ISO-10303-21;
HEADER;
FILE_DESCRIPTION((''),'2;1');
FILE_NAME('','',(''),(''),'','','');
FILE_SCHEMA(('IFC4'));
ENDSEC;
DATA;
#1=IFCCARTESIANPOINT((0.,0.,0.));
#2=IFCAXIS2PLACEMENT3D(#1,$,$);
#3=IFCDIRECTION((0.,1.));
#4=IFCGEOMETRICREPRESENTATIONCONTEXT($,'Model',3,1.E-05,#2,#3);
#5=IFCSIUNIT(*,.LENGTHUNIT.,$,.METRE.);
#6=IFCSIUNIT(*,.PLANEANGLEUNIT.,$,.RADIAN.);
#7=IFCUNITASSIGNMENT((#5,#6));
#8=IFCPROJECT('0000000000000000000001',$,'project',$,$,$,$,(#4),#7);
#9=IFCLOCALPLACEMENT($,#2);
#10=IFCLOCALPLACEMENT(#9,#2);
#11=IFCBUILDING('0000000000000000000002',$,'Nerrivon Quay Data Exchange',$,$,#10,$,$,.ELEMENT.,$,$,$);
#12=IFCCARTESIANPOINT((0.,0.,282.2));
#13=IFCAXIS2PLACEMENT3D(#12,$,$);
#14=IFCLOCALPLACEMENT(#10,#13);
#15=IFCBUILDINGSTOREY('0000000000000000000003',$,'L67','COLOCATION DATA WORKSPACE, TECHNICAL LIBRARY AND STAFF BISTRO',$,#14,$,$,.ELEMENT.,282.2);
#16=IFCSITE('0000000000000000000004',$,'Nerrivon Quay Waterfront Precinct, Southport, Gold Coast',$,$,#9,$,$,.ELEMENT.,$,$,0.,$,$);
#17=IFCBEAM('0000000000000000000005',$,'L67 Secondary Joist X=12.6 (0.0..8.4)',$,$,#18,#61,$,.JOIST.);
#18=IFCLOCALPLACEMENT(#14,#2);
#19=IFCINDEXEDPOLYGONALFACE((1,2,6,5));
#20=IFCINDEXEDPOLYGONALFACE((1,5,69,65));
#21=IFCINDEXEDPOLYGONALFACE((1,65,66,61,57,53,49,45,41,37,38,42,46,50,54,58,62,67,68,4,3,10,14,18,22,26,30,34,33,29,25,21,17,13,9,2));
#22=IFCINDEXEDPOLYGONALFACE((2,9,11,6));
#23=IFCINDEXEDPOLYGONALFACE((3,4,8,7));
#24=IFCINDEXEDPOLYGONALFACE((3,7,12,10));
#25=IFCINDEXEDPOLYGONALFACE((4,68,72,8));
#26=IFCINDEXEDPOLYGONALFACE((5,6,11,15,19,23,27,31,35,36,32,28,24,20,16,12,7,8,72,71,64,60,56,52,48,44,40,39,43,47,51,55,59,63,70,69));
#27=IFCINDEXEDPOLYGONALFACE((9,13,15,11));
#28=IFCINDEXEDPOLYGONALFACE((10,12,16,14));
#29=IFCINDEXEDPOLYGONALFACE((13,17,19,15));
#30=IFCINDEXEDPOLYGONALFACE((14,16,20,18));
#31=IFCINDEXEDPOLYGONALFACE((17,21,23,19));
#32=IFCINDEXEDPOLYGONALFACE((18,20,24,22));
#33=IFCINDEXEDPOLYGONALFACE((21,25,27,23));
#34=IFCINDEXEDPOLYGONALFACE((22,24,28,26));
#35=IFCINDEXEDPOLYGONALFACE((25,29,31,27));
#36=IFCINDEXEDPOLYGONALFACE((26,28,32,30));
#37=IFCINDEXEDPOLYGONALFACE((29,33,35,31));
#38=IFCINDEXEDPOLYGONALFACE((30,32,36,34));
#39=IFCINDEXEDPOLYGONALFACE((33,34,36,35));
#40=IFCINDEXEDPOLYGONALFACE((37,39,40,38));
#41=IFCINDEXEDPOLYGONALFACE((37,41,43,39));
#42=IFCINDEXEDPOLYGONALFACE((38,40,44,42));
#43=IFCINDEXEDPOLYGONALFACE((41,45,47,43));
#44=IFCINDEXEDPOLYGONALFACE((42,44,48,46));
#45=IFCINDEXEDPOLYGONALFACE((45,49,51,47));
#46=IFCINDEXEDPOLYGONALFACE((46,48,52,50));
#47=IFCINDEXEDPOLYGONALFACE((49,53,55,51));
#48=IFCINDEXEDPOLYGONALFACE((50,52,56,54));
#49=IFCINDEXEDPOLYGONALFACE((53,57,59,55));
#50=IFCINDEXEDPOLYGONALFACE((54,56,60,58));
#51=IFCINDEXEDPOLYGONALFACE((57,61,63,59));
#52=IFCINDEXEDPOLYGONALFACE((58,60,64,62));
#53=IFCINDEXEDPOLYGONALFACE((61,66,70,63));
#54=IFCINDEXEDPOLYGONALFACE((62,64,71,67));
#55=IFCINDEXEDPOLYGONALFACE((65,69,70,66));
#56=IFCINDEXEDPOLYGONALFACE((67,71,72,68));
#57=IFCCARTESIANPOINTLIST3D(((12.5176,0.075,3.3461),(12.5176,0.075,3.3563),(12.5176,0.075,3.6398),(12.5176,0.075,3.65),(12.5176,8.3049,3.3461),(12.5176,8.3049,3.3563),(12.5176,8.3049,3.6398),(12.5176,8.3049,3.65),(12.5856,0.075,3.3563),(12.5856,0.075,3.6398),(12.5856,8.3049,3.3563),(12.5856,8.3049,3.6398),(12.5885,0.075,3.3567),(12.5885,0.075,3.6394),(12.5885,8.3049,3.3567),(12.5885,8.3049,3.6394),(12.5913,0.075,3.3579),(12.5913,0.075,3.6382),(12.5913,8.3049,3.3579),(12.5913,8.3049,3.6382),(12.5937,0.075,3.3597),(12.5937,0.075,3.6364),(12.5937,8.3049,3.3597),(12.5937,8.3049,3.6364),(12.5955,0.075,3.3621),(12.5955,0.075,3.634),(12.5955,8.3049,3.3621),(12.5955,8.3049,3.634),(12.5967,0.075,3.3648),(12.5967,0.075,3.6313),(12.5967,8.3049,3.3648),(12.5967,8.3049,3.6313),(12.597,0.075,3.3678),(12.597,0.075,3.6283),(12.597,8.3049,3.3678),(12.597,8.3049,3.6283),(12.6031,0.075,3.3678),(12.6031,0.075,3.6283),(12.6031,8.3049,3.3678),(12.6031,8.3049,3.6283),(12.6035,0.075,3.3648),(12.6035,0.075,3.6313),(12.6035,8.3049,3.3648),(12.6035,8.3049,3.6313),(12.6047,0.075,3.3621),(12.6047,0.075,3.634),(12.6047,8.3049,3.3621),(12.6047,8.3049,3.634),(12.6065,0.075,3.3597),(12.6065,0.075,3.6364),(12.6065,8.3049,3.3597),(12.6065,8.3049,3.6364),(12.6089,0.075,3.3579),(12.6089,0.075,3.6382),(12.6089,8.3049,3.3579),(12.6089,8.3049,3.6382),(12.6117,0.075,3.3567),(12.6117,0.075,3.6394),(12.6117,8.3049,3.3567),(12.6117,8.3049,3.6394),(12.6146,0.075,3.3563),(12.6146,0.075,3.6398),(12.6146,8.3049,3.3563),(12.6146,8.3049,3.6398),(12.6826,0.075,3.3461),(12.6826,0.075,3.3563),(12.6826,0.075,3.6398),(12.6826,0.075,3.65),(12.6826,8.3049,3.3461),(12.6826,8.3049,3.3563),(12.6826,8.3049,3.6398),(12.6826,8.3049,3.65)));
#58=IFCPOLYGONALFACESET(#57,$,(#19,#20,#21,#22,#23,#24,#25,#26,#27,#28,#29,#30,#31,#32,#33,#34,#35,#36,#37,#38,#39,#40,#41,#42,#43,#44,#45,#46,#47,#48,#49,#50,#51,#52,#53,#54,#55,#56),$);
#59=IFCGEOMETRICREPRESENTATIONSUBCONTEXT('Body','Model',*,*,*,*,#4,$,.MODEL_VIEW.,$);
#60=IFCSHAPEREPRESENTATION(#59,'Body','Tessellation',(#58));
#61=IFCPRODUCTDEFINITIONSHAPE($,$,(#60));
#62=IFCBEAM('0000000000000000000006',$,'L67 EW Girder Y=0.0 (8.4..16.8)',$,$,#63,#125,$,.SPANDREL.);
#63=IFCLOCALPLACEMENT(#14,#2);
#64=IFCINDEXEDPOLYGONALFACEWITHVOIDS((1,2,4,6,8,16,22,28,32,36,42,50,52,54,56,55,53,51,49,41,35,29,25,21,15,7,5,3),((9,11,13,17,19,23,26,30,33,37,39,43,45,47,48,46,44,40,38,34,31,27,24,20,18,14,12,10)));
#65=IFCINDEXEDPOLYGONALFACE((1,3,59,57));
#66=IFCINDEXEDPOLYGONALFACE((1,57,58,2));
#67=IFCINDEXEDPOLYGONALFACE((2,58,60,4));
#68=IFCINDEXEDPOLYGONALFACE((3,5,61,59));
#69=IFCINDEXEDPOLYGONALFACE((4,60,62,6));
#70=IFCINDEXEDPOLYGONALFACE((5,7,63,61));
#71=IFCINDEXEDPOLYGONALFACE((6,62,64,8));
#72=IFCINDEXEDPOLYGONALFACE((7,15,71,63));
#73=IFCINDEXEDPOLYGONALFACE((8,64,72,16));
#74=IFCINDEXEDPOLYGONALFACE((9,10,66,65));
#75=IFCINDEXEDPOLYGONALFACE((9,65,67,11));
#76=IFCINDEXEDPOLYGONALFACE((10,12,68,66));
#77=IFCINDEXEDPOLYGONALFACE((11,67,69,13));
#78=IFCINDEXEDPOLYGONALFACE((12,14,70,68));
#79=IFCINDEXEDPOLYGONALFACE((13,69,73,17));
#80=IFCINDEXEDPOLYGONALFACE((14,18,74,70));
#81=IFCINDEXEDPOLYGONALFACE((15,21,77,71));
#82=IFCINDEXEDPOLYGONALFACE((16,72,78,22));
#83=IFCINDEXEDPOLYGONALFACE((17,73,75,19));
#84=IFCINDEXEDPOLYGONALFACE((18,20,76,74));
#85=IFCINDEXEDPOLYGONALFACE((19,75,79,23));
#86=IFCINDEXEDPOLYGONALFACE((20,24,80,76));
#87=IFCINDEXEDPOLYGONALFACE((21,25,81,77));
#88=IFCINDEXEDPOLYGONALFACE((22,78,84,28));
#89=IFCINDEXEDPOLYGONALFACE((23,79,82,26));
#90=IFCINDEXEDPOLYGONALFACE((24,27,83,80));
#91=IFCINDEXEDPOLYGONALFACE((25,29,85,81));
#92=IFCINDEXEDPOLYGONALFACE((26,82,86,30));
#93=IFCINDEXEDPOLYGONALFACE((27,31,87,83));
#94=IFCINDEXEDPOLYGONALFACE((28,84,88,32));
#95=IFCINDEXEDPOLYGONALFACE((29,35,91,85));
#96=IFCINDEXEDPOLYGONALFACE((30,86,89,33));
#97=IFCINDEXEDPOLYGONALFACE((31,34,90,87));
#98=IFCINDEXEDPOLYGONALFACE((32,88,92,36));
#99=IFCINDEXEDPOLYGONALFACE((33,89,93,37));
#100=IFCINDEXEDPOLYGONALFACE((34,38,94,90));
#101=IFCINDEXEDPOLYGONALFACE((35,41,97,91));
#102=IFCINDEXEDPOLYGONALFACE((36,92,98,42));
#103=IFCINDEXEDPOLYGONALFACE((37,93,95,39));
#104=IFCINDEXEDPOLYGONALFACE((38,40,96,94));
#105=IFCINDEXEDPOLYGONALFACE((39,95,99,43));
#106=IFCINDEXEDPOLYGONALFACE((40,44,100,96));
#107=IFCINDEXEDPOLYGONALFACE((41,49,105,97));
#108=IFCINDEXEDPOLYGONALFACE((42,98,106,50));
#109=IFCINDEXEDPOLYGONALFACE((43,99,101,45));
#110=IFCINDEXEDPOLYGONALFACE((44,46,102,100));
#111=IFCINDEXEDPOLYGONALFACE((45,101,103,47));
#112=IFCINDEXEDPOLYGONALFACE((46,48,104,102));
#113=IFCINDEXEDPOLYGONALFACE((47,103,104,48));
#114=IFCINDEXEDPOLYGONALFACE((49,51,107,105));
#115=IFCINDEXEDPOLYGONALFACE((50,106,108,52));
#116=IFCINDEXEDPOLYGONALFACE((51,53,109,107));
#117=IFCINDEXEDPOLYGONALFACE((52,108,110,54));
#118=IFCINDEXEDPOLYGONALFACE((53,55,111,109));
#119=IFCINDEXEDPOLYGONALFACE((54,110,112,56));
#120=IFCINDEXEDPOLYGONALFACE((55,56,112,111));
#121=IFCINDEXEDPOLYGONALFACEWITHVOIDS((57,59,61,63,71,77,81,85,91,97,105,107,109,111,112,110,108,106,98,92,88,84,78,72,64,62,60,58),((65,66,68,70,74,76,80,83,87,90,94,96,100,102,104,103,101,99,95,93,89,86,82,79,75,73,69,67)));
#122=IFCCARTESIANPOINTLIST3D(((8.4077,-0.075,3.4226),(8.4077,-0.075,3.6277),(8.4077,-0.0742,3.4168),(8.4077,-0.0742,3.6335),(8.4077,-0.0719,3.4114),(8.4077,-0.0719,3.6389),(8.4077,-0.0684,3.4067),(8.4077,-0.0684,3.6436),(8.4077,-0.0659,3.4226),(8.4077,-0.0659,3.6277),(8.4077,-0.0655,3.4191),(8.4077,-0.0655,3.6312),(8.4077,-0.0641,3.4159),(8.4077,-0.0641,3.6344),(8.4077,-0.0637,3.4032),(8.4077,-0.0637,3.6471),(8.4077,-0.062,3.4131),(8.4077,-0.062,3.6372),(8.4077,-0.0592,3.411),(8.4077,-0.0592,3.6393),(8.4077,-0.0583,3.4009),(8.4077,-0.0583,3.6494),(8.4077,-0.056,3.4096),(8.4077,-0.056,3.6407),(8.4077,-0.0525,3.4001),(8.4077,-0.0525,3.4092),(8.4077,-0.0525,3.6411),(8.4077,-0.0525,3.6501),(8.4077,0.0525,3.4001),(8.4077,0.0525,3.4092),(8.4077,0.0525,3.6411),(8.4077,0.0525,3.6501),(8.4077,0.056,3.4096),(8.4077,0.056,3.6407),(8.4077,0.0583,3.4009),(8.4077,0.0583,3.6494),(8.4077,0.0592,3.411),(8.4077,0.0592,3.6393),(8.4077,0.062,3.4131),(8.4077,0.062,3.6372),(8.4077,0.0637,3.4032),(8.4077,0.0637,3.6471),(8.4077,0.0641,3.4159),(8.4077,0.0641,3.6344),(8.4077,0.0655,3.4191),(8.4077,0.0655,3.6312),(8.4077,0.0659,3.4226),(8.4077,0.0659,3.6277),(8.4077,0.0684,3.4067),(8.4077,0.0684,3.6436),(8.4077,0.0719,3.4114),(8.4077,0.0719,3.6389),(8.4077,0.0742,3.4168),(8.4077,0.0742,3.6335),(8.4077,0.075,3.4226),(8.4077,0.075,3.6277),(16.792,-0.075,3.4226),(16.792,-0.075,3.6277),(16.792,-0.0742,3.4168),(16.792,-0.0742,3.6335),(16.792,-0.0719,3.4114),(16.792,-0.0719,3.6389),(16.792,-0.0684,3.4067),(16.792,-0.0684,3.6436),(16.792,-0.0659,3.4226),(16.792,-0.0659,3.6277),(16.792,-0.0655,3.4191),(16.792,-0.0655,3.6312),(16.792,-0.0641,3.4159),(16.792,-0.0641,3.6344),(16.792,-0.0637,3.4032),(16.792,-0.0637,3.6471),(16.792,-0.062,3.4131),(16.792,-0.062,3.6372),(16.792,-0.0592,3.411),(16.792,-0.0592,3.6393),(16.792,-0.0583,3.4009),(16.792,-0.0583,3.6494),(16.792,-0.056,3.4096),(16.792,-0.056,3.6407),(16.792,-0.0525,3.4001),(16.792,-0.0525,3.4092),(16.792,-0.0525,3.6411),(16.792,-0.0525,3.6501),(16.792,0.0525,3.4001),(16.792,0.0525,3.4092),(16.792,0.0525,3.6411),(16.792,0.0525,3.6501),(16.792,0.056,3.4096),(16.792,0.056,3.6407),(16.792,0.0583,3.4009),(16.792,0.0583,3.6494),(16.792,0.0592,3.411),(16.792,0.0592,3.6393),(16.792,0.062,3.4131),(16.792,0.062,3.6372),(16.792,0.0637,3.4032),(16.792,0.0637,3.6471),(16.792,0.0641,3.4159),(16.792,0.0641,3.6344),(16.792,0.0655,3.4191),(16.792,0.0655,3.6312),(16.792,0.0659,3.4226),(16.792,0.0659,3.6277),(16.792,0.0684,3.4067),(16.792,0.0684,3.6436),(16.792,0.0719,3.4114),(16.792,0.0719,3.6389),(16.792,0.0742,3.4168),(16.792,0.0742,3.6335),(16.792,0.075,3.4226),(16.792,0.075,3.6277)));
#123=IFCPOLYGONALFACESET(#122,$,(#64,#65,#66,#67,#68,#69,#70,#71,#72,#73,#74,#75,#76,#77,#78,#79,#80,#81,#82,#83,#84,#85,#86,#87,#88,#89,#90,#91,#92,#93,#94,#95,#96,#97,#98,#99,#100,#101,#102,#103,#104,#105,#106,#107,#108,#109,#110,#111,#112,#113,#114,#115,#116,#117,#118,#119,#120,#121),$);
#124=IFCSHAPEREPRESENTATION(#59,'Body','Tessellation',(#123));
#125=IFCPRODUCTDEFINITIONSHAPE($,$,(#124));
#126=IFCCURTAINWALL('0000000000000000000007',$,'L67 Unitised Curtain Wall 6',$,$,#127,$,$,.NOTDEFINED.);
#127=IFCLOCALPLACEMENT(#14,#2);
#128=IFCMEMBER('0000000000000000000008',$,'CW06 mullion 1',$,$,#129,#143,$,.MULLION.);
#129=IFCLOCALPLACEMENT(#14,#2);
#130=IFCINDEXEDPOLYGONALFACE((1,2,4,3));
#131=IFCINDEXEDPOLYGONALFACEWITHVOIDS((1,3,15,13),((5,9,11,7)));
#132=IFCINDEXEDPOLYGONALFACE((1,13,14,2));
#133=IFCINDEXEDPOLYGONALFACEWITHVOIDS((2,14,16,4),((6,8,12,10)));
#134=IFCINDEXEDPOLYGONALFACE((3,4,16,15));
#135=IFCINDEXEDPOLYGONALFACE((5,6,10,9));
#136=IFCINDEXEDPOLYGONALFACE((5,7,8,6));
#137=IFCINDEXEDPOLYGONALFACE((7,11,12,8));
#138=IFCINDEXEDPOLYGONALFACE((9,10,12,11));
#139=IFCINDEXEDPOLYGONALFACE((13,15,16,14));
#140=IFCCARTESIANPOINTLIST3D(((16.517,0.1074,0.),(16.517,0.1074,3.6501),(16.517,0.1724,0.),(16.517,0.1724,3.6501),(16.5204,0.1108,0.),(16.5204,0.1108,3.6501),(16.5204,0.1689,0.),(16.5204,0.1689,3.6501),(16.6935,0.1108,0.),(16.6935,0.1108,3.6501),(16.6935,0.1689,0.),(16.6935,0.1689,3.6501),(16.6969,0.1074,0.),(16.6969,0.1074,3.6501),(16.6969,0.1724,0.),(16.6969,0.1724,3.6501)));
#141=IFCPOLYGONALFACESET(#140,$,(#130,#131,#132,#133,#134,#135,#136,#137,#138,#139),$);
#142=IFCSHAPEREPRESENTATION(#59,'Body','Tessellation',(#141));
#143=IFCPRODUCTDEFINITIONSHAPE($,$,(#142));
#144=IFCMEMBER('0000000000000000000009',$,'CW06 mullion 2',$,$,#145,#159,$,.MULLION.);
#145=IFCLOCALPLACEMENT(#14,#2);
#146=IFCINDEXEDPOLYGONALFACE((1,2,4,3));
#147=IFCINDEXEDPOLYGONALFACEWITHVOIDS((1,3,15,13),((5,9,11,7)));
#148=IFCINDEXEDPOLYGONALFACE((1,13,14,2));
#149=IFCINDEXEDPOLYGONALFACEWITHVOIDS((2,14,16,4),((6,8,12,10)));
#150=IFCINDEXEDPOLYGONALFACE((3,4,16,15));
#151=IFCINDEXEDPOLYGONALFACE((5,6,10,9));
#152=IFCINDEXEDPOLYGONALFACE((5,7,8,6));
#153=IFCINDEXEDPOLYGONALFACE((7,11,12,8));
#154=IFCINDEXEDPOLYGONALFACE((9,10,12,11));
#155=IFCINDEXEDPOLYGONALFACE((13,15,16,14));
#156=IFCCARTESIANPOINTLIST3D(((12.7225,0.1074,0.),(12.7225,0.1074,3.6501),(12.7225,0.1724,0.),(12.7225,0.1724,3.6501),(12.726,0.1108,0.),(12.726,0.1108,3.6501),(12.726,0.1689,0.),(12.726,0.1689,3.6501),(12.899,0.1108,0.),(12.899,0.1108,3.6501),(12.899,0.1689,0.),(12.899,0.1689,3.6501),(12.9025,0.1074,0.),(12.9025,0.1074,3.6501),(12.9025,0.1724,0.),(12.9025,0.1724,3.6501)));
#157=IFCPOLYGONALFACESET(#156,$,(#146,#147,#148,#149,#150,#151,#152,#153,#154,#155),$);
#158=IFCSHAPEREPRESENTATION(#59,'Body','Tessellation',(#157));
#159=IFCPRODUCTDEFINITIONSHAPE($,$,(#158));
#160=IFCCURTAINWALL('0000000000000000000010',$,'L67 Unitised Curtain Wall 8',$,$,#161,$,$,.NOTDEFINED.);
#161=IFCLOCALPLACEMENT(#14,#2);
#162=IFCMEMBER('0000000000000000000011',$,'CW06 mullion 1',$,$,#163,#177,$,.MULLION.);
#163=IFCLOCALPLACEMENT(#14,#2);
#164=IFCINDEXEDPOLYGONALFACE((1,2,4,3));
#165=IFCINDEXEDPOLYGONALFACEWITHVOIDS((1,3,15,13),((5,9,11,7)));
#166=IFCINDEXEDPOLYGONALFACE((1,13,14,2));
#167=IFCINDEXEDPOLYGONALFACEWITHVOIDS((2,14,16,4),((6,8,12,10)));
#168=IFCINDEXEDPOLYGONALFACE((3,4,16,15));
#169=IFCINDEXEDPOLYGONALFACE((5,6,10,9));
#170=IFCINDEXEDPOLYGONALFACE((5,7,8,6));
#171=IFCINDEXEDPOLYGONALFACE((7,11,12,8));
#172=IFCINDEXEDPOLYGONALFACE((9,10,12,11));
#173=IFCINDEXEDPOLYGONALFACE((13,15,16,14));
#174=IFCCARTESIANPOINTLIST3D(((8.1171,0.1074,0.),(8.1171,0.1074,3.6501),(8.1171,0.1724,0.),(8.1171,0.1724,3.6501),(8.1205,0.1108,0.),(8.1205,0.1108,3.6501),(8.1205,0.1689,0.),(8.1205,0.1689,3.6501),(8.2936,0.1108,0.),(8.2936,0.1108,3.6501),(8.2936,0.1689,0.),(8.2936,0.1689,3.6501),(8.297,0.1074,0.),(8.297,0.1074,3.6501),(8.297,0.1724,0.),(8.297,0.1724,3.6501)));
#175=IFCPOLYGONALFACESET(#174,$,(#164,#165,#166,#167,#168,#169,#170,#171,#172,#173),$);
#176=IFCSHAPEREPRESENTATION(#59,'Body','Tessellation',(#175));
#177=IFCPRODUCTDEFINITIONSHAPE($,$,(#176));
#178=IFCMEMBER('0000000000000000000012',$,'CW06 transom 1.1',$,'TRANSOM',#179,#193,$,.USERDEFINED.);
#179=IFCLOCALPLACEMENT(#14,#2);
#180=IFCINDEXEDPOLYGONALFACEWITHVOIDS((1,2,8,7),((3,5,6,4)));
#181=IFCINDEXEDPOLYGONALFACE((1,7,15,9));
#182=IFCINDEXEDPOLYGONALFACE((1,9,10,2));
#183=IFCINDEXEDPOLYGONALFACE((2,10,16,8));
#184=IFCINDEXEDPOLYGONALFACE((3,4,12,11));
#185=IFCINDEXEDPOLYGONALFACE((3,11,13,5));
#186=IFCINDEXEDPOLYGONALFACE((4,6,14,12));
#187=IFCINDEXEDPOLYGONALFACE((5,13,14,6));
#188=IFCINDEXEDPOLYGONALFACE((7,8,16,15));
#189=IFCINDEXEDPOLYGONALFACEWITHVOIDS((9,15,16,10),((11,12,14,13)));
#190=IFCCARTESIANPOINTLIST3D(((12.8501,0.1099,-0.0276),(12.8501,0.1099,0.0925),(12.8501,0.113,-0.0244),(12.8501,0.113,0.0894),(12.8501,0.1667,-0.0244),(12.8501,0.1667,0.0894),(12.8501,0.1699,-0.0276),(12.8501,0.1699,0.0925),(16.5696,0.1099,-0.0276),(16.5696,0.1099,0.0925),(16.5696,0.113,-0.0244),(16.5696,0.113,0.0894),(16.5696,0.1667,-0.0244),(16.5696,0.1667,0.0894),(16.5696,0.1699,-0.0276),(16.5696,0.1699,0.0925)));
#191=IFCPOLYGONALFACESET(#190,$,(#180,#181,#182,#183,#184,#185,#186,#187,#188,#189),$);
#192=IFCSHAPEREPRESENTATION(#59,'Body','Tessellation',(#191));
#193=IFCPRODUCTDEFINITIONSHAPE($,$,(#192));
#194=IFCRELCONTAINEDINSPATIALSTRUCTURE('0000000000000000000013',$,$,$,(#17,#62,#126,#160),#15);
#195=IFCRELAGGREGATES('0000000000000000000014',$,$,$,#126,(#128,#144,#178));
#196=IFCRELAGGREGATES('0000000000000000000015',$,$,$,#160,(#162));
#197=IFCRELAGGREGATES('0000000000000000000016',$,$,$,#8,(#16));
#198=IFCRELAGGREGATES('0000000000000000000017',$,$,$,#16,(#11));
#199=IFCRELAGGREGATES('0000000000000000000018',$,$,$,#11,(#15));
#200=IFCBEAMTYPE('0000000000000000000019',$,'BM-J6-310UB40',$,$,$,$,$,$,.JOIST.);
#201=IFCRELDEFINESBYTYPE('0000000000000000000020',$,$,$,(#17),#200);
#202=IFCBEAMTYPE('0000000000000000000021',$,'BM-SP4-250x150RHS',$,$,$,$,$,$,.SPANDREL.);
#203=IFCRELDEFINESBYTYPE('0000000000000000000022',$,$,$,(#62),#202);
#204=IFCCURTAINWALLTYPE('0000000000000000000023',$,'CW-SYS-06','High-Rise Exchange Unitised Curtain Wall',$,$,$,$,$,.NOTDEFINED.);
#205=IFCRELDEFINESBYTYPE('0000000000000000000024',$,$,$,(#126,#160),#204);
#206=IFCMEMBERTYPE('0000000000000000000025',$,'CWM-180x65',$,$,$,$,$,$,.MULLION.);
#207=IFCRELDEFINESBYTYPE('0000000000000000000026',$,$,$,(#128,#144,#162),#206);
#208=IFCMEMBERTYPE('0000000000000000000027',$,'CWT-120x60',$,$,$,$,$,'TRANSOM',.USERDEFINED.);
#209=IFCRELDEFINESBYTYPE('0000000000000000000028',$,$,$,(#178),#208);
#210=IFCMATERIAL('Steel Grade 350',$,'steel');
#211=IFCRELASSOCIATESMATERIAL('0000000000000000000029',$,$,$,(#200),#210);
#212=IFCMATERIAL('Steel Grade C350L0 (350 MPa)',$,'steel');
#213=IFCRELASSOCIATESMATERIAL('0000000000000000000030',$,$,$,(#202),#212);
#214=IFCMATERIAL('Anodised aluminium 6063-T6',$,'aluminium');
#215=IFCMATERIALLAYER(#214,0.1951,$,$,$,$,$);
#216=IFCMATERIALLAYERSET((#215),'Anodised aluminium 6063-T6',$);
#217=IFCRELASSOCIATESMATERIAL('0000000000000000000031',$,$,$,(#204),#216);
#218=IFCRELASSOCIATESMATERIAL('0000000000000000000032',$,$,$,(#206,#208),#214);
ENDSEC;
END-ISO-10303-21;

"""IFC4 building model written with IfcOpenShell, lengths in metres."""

from ifc_helpers import new_model, si_unit, direction, frame, origin, origin_2d, place, context, subcontext, project, spatial, hollow_rectangle, i_section, extrude, material, layer, layer_set, material_profile, profile_set, type_object, element, aggregate, save


model = new_model("IFC4")

# Units and contexts
model_context = context("Model", 3, precision=1e-05, world=origin(), true_north=direction((0.0, 1.0)))
body_context = subcontext(model_context, "Body", "Model", "MODEL_VIEW")
ifc_project = project(units=[si_unit("LENGTHUNIT", "METRE"), si_unit("PLANEANGLEUNIT", "RADIAN")], contexts=[model_context])

# Site, building, storey
site_placement = place(None, origin())
site = spatial("IfcSite", under=ifc_project, at=site_placement, Name="Nerrivon Quay Waterfront Precinct, Southport, Gold Coast", CompositionType="ELEMENT", RefElevation=0.0)
building_placement = place(site_placement, origin())
building = spatial("IfcBuilding", under=site, at=building_placement, Name="Nerrivon Quay Data Exchange", CompositionType="ELEMENT")
storey_placement = place(building_placement, frame((0.0, 0.0, 282.2)))
storey = spatial("IfcBuildingStorey", under=building, at=storey_placement, Name="L67", Description="COLOCATION DATA WORKSPACE, TECHNICAL LIBRARY AND STAFF BISTRO", CompositionType="ELEMENT", Elevation=282.2)

# Shared definitions
ifc_material_1 = material(Name="Steel Grade 350", Category="steel")

# Beams
ifc_material_profile_1 = material_profile(ifc_material_1, i_section(OverallWidth=0.165, OverallDepth=0.304, WebThickness=0.0061, FlangeThickness=0.0103, FilletRadius=0.0115, at=origin_2d()), Name="310UB40.4")
ifc_profile_set_1 = profile_set([ifc_material_profile_1], Name="Steel Grade 350")
beam_type_1 = type_object("IfcBeamType", Name="BM-J6-310UB40", PredefinedType="JOIST", material=ifc_profile_set_1)
beam_1_placement = place(storey_placement, frame((12.6001, 0.075, 3.498), z_axis=(0.0, 1.0, 0.0), x_axis=(-1.0, 0.0, 0.0)))
element("IfcBeam", 1, at=beam_1_placement, inside=storey, type_object=beam_type_1, Name="L67 Secondary Joist X=12.6 (0.0..8.4)", PredefinedType="JOIST", context=body_context, shape_type="SweptSolid", body=[
    extrude(i_section(OverallWidth=0.165, OverallDepth=0.304, WebThickness=0.0061, FlangeThickness=0.0103, FilletRadius=0.0115, at=origin_2d()), origin(), (0.0, 0.0, 1.0), 8.23),
])
ifc_material_2 = material(Name="Steel Grade C350L0 (350 MPa)", Category="steel")
ifc_material_profile_2 = material_profile(ifc_material_2, hollow_rectangle(XDim=0.1499, YDim=0.25, WallThickness=0.009, InnerFilletRadius=0.0134, OuterFilletRadius=0.0225, at=origin_2d()), Name="250x150x9.0RHS")
ifc_profile_set_2 = profile_set([ifc_material_profile_2], Name="Steel Grade C350L0 (350 MPa)")
beam_type_2 = type_object("IfcBeamType", Name="BM-SP4-250x150RHS", PredefinedType="SPANDREL", material=ifc_profile_set_2)
beam_2_placement = place(storey_placement, frame((8.4077, 0.0, 3.5251), z_axis=(1.0, 0.0, 0.0), x_axis=(0.0, 1.0, 0.0)))
element("IfcBeam", 2, at=beam_2_placement, inside=storey, type_object=beam_type_2, Name="L67 EW Girder Y=0.0 (8.4..16.8)", PredefinedType="SPANDREL", context=body_context, shape_type="SweptSolid", body=[
    extrude(hollow_rectangle(XDim=0.1499, YDim=0.25, WallThickness=0.009, InnerFilletRadius=0.0134, OuterFilletRadius=0.0225, at=origin_2d()), origin(), (0.0, 0.0, 1.0), 8.3843),
])

# Curtain wall, members
ifc_material_3 = material(Name="Anodised aluminium 6063-T6", Category="aluminium")
ifc_layer_1 = layer(ifc_material_3, 0.1951)
ifc_layer_set_1 = layer_set([ifc_layer_1], Name="Anodised aluminium 6063-T6")
curtain_wall_type = type_object("IfcCurtainWallType", Name="CW-SYS-06", Description="High-Rise Exchange Unitised Curtain Wall", PredefinedType="NOTDEFINED", material=ifc_layer_set_1)
curtain_wall_1_placement = place(storey_placement, origin())
curtain_wall_1 = element("IfcCurtainWall", 3, at=curtain_wall_1_placement, inside=storey, type_object=curtain_wall_type, Name="L67 Unitised Curtain Wall 6", PredefinedType="NOTDEFINED")
ifc_material_profile_3 = material_profile(ifc_material_3, hollow_rectangle(XDim=0.0649, YDim=0.1799, WallThickness=0.0034, at=origin_2d()), Name="ALU-MULL-180x65")
ifc_profile_set_3 = profile_set([ifc_material_profile_3], Name="Anodised aluminium 6063-T6")
member_type_1 = type_object("IfcMemberType", Name="CWM-180x65", PredefinedType="MULLION", material=ifc_profile_set_3)
member_1_placement = place(storey_placement, frame((16.6069, 0.1399, 0.0), z_axis=(0.0, 0.0, 1.0), x_axis=(0.0, -1.0, 0.0)))
member_1 = element("IfcMember", 4, at=member_1_placement, type_object=member_type_1, Name="CW06 mullion 1", PredefinedType="MULLION", context=body_context, shape_type="SweptSolid", body=[
    extrude(hollow_rectangle(XDim=0.0649, YDim=0.1799, WallThickness=0.0034, at=origin_2d()), origin(), (0.0, 0.0, 1.0), 3.6501),
])
member_2_placement = place(storey_placement, frame((12.8125, 0.1399, 0.0), z_axis=(0.0, 0.0, 1.0), x_axis=(0.0, -1.0, 0.0)))
member_2 = element("IfcMember", 5, at=member_2_placement, type_object=member_type_1, Name="CW06 mullion 2", PredefinedType="MULLION", context=body_context, shape_type="SweptSolid", body=[
    extrude(hollow_rectangle(XDim=0.0649, YDim=0.1799, WallThickness=0.0034, at=origin_2d()), origin(), (0.0, 0.0, 1.0), 3.6501),
])

# Curtain wall, member
curtain_wall_2_placement = place(storey_placement, origin())
curtain_wall_2 = element("IfcCurtainWall", 6, at=curtain_wall_2_placement, inside=storey, type_object=curtain_wall_type, Name="L67 Unitised Curtain Wall 8", PredefinedType="NOTDEFINED")
member_3_placement = place(storey_placement, frame((8.207, 0.1399, 0.0), z_axis=(0.0, 0.0, 1.0), x_axis=(0.0, -1.0, 0.0)))
member_3 = element("IfcMember", 7, at=member_3_placement, type_object=member_type_1, Name="CW06 mullion 1", PredefinedType="MULLION", context=body_context, shape_type="SweptSolid", body=[
    extrude(hollow_rectangle(XDim=0.0649, YDim=0.1799, WallThickness=0.0034, at=origin_2d()), origin(), (0.0, 0.0, 1.0), 3.6501),
])

# Member
ifc_material_profile_4 = material_profile(ifc_material_3, hollow_rectangle(XDim=0.0601, YDim=0.1201, WallThickness=0.0032, at=origin_2d()), Name="ALU-TRAN-120x60")
ifc_profile_set_4 = profile_set([ifc_material_profile_4], Name="Anodised aluminium 6063-T6")
member_type_2 = type_object("IfcMemberType", Name="CWT-120x60", ElementType="TRANSOM", PredefinedType="USERDEFINED", material=ifc_profile_set_4)
member_4_placement = place(storey_placement, frame((16.5696, 0.1399, 0.0325), z_axis=(-1.0, 0.0, 0.0), x_axis=(0.0, -1.0, 0.0)))
member_4 = element("IfcMember", 8, at=member_4_placement, type_object=member_type_2, Name="CW06 transom 1.1", ObjectType="TRANSOM", PredefinedType="USERDEFINED", context=body_context, shape_type="SweptSolid", body=[
    extrude(hollow_rectangle(XDim=0.0601, YDim=0.1201, WallThickness=0.0032, at=origin_2d()), origin(), (0.0, 0.0, 1.0), 3.7195),
])

aggregate(curtain_wall_1, [member_1, member_2, member_4])
aggregate(curtain_wall_2, [member_3])

save(model, "model.ifc")
